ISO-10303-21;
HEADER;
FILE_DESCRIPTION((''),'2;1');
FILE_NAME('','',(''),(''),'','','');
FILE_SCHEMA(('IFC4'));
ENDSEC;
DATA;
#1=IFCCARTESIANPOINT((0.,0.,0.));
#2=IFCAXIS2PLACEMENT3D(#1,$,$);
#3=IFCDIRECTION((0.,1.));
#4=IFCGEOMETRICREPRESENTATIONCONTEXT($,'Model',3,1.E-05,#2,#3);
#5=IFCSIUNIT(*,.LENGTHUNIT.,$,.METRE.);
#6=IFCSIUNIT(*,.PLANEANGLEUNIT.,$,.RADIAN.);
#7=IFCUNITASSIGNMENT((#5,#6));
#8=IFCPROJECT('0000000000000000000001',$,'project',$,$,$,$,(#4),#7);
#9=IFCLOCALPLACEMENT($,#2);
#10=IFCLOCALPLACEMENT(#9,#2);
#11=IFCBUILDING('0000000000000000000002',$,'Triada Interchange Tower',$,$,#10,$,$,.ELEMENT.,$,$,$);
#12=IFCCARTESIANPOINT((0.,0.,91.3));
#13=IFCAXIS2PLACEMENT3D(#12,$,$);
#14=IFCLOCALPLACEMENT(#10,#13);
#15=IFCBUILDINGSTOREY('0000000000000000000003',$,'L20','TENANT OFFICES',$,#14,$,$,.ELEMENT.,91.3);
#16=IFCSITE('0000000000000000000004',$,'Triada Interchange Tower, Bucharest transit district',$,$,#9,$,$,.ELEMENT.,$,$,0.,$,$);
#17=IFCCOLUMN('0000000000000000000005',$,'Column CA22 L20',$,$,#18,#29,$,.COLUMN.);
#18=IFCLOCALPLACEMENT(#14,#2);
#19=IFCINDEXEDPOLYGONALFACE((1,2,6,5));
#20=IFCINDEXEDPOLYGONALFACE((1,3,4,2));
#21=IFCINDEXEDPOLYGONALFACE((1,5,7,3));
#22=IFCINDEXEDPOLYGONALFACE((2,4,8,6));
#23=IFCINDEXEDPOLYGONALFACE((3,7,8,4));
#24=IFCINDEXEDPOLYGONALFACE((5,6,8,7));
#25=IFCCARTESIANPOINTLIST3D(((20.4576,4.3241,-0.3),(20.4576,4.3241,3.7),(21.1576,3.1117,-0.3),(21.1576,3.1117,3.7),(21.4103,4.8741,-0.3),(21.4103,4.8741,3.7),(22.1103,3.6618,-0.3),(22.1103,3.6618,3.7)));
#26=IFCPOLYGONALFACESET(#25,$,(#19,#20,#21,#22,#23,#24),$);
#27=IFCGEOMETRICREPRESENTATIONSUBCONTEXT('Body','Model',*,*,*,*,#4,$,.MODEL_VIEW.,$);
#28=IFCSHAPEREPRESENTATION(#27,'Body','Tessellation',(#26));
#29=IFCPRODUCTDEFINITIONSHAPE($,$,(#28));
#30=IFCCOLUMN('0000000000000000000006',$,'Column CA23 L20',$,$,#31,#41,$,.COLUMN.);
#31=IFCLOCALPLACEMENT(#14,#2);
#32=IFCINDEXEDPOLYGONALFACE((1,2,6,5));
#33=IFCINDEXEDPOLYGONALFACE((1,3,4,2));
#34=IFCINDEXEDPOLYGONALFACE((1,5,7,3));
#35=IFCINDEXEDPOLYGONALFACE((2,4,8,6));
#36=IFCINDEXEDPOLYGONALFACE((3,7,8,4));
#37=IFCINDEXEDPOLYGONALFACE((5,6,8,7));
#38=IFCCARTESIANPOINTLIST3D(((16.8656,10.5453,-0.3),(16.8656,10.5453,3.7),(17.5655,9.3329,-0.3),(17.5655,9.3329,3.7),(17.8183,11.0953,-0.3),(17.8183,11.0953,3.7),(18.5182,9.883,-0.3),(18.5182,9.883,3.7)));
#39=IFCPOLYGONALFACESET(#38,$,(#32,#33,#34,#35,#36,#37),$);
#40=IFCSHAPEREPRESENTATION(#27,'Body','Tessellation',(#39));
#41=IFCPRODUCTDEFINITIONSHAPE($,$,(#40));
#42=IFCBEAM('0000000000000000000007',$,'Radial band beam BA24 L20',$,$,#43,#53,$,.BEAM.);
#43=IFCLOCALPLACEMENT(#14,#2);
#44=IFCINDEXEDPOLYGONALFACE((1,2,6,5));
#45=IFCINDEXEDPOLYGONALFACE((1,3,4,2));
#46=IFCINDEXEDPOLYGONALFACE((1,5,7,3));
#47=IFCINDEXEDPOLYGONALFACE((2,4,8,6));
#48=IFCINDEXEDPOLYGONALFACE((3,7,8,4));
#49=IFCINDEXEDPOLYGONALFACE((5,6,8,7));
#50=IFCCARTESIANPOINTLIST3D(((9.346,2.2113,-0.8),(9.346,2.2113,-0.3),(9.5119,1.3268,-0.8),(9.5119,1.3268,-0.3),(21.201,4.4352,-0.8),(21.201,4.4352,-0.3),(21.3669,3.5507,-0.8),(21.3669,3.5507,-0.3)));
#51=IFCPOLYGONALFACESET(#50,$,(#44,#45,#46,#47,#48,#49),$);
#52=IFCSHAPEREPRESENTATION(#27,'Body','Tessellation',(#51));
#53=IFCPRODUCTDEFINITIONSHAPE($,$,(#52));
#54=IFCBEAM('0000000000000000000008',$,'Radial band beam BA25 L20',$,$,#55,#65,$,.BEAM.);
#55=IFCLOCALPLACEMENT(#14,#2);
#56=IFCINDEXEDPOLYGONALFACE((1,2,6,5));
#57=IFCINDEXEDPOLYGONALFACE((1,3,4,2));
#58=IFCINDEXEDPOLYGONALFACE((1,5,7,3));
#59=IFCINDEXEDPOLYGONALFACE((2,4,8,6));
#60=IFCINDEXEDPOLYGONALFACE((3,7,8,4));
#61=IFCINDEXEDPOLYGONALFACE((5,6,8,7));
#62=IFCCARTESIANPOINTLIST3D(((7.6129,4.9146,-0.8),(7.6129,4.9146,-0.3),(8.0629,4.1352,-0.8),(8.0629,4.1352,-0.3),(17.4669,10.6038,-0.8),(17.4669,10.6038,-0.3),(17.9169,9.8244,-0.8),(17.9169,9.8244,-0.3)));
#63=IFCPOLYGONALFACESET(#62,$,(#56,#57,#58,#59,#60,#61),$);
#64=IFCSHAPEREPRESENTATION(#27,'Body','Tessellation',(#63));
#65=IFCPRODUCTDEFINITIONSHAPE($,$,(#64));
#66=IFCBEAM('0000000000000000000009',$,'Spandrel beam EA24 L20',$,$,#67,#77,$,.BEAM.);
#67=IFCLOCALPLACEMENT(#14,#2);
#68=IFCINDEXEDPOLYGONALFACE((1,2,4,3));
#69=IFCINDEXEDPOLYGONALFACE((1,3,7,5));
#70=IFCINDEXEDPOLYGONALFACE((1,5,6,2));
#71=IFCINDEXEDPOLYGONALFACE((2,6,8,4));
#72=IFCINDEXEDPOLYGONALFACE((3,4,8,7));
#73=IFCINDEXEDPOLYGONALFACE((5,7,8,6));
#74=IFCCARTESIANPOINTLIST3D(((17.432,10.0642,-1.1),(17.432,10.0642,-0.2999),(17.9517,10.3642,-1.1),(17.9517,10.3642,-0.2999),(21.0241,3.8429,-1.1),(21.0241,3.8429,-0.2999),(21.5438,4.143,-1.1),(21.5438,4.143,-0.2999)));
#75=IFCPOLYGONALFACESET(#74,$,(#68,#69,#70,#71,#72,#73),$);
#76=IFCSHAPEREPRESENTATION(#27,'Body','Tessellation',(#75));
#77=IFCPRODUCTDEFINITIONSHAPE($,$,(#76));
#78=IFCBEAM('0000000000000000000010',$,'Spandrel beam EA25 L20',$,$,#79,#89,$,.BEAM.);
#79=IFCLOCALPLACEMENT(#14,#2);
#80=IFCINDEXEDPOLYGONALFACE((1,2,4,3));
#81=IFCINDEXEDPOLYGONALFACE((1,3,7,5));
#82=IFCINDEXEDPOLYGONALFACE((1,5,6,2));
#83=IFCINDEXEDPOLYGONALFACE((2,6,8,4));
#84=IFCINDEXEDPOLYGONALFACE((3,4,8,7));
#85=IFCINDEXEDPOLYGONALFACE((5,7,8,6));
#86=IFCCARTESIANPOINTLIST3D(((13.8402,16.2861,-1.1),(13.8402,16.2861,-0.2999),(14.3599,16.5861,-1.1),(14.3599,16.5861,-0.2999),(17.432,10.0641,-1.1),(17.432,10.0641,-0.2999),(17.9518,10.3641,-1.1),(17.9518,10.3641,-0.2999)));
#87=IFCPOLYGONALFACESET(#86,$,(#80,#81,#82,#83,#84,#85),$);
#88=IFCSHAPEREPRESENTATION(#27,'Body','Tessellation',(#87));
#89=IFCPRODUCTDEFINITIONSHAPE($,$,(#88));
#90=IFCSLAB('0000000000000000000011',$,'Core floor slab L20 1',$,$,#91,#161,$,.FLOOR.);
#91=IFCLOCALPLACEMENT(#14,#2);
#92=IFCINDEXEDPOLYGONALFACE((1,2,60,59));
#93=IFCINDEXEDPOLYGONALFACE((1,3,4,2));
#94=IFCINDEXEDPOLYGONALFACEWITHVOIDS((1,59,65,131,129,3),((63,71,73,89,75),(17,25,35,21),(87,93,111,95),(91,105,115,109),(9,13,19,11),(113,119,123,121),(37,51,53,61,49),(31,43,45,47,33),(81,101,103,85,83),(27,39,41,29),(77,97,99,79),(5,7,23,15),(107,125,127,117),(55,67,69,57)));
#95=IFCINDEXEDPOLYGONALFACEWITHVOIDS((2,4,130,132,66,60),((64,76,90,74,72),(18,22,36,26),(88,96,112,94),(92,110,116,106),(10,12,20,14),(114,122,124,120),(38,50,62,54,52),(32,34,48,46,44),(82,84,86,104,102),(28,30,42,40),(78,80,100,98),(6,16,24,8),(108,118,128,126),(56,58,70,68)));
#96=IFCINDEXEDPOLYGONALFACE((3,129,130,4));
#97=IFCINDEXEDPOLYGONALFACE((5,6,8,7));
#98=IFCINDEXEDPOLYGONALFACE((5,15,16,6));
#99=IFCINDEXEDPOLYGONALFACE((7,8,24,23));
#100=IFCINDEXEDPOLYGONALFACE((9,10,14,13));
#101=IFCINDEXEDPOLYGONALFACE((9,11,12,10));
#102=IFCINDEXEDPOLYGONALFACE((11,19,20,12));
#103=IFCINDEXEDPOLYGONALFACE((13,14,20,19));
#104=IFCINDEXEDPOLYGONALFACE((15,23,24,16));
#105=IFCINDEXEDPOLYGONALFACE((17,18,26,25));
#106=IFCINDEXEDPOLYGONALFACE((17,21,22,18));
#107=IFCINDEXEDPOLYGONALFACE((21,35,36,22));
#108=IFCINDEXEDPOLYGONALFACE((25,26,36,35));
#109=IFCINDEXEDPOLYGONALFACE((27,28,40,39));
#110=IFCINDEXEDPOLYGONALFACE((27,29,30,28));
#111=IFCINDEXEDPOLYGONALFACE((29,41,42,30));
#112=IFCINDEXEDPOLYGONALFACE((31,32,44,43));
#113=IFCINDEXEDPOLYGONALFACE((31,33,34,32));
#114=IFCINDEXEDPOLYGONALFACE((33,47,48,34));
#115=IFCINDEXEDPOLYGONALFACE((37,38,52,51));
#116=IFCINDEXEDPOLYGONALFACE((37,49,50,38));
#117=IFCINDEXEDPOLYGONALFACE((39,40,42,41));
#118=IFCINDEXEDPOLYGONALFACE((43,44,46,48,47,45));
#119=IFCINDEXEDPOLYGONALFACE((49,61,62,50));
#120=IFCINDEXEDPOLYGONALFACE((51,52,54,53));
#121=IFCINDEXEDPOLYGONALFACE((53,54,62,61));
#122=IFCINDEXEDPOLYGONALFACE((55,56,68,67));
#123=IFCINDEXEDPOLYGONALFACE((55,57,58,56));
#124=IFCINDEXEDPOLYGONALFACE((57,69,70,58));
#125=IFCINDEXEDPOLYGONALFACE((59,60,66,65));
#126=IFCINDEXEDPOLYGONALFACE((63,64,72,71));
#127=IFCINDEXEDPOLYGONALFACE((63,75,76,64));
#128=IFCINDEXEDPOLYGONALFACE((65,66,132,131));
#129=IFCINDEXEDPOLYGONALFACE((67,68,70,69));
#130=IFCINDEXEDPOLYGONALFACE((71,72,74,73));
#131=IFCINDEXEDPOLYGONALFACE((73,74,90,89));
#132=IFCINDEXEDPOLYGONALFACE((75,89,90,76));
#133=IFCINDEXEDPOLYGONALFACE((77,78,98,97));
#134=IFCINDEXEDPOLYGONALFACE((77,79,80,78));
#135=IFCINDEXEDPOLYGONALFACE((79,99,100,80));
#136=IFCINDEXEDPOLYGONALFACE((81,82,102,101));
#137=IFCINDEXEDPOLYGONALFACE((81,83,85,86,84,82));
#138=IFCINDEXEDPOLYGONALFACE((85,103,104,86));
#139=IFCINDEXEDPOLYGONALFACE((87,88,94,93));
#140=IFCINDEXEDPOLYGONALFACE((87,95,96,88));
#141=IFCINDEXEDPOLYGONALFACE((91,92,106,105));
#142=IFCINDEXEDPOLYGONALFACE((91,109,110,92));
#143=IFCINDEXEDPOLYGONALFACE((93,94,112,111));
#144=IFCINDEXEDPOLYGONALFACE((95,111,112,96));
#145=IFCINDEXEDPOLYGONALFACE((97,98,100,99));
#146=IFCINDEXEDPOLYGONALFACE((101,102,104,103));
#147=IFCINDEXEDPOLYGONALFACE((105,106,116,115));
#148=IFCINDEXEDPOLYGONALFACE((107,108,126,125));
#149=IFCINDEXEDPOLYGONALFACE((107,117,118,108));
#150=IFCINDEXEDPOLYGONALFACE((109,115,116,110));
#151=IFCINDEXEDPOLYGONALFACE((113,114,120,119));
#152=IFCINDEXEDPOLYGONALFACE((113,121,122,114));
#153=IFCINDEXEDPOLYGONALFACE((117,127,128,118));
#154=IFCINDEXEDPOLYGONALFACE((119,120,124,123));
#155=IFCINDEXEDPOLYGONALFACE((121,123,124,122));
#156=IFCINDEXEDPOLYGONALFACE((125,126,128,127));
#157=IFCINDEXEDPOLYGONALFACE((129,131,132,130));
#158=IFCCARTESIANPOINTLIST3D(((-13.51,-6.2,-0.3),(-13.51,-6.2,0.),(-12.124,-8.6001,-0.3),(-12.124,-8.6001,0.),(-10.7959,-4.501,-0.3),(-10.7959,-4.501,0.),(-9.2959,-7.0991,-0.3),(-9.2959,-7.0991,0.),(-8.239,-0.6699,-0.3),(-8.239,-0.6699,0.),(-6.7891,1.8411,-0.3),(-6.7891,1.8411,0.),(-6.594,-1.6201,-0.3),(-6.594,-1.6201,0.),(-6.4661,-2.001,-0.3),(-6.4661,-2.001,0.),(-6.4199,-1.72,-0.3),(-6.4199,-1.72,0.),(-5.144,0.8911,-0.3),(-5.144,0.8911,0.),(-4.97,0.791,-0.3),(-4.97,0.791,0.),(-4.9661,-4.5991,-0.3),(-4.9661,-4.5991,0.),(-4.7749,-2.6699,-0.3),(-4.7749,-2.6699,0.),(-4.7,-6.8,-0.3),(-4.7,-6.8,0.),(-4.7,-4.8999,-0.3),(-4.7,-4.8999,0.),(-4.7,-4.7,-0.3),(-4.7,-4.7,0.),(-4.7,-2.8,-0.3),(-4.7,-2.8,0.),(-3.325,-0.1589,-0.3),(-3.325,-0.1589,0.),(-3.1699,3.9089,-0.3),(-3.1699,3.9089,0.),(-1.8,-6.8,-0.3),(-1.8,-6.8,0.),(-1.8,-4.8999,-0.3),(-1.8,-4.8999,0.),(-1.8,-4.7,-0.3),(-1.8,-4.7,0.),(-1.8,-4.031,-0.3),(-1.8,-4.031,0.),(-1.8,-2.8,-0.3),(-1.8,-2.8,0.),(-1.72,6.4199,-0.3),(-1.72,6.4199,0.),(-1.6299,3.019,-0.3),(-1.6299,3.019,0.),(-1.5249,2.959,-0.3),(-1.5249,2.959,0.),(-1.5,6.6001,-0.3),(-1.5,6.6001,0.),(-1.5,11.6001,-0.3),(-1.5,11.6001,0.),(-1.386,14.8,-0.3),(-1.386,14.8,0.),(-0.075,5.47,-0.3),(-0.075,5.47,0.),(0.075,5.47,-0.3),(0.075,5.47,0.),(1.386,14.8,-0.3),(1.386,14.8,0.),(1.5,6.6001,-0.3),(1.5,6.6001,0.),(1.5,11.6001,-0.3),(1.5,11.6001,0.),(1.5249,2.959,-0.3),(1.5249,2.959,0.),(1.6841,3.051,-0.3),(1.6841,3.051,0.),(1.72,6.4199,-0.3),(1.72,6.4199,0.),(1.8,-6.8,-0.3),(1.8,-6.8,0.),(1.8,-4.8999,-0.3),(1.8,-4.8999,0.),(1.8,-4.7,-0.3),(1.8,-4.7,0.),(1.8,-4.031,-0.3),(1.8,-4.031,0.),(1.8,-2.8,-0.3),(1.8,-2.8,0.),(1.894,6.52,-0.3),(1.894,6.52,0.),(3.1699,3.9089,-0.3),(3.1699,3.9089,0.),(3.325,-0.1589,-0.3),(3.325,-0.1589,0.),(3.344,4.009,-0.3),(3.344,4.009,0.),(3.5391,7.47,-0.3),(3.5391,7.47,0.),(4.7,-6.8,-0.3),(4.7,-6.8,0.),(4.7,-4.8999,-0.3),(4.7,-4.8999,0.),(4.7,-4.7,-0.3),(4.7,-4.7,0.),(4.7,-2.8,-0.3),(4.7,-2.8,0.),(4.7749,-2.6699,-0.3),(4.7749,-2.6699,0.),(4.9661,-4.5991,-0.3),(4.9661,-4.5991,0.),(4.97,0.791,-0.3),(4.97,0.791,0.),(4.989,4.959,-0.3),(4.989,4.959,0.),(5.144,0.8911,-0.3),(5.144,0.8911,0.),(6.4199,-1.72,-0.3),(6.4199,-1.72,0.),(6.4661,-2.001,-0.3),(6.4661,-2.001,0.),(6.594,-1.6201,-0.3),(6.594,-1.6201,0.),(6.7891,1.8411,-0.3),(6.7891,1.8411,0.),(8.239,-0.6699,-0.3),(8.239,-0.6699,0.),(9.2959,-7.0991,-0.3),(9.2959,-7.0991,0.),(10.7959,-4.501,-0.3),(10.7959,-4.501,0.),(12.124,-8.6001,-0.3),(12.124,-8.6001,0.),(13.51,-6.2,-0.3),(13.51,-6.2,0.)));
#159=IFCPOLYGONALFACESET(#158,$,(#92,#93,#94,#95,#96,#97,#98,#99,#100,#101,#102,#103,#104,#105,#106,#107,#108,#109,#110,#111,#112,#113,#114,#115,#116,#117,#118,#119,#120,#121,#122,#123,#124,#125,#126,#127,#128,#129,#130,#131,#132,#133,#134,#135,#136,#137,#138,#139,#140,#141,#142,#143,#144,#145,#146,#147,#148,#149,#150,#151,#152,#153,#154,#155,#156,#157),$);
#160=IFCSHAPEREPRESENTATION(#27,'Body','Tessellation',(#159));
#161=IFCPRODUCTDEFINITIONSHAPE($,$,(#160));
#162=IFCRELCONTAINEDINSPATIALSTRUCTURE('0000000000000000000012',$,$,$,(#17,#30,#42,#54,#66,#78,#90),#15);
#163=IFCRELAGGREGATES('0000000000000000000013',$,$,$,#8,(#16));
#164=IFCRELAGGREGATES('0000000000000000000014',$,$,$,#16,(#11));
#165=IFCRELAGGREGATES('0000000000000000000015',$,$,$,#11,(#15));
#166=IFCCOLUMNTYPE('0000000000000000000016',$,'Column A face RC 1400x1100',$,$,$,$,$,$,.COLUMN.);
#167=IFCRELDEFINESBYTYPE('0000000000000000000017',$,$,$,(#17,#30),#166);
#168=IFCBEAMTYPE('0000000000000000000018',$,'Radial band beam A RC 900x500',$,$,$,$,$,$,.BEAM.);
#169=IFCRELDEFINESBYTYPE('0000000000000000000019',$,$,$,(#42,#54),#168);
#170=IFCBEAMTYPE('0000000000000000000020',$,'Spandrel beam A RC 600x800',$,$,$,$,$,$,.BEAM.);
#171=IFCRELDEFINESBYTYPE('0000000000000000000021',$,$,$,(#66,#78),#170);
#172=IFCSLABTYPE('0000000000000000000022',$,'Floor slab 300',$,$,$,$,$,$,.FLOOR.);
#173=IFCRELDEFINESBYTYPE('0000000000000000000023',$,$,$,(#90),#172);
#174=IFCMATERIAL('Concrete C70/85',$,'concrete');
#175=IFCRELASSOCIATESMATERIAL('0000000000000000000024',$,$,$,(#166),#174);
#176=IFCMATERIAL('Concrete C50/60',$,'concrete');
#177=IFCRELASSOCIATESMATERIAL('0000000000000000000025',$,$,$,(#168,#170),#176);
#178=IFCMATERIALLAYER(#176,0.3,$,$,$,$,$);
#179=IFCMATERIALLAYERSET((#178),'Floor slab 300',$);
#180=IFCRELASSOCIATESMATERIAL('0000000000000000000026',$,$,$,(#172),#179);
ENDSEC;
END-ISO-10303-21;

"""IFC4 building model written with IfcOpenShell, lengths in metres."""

from ifc_helpers import new_model, si_unit, direction, frame, origin, origin_2d, place, context, subcontext, project, spatial, polyline, rectangle, outline, extrude, material, layer, layer_set, material_profile, profile_set, type_object, element, save


model = new_model("IFC4")

# Units and contexts
model_context = context("Model", 3, precision=1e-05, world=origin(), true_north=direction((0.0, 1.0)))
body_context = subcontext(model_context, "Body", "Model", "MODEL_VIEW")
ifc_project = project(units=[si_unit("LENGTHUNIT", "METRE"), si_unit("PLANEANGLEUNIT", "RADIAN")], contexts=[model_context])

# Site, building, storey
site_placement = place(None, origin())
site = spatial("IfcSite", under=ifc_project, at=site_placement, Name="Triada Interchange Tower, Bucharest transit district", CompositionType="ELEMENT", RefElevation=0.0)
building_placement = place(site_placement, origin())
building = spatial("IfcBuilding", under=site, at=building_placement, Name="Triada Interchange Tower", CompositionType="ELEMENT")
storey_placement = place(building_placement, frame((0.0, 0.0, 91.3)))
storey = spatial("IfcBuildingStorey", under=building, at=storey_placement, Name="L20", Description="TENANT OFFICES", CompositionType="ELEMENT", Elevation=91.3)

# Columns
ifc_material_1 = material(Name="Concrete C70/85", Category="concrete")
ifc_material_profile_1 = material_profile(ifc_material_1, rectangle(XDim=1.3999, YDim=1.1001, at=origin_2d()), Name="RC 1400x1100")
ifc_profile_set_1 = profile_set([ifc_material_profile_1], Name="Concrete C70/85")
column_type = type_object("IfcColumnType", Name="Column A face RC 1400x1100", PredefinedType="COLUMN", material=ifc_profile_set_1)
for number, where, z_axis, x_axis, name in (
    (1, (21.2839, 3.9929, -0.3), (0.0, 0.0, 1.0), (-0.5, 0.866025, 0.0), "Column CA22 L20"),
    (2, (17.6919, 10.2141, -0.3), (0.0, 0.0, 1.0), (-0.5, 0.866025, 0.0), "Column CA23 L20"),
):
    element("IfcColumn", number, at=place(storey_placement, frame(where, z_axis=z_axis, x_axis=x_axis)), inside=storey, type_object=column_type, Name=name, PredefinedType="COLUMN", context=body_context, shape_type="SweptSolid", body=[
        extrude(rectangle(XDim=1.3999, YDim=1.1001, at=origin_2d()), origin(), (0.0, 0.0, 1.0), 4.0),
    ])

# Beams
ifc_material_2 = material(Name="Concrete C50/60", Category="concrete")
ifc_material_profile_2 = material_profile(ifc_material_2, rectangle(XDim=0.8999, YDim=0.5, at=origin_2d()), Name="RC 900x500")
ifc_profile_set_2 = profile_set([ifc_material_profile_2], Name="Concrete C50/60")
beam_type_1 = type_object("IfcBeamType", Name="Radial band beam A RC 900x500", PredefinedType="BEAM", material=ifc_profile_set_2)
beam_1_placement = place(storey_placement, frame((21.2839, 3.9929, -0.55), z_axis=(-0.982856, -0.184374, 0.0), x_axis=(0.184374, -0.982856, 0.0)))
element("IfcBeam", 3, at=beam_1_placement, inside=storey, type_object=beam_type_1, Name="Radial band beam BA24 L20", PredefinedType="BEAM", context=body_context, shape_type="SweptSolid", body=[
    extrude(rectangle(XDim=0.8999, YDim=0.5, at=origin_2d()), origin(), (0.0, 0.0, 1.0), 12.0618),
])
beam_2_placement = place(storey_placement, frame((17.6919, 10.2141, -0.55), z_axis=(-0.866026, -0.5, 0.0), x_axis=(0.5, -0.866026, 0.0)))
element("IfcBeam", 4, at=beam_2_placement, inside=storey, type_object=beam_type_1, Name="Radial band beam BA25 L20", PredefinedType="BEAM", context=body_context, shape_type="SweptSolid", body=[
    extrude(rectangle(XDim=0.8999, YDim=0.5, at=origin_2d()), origin(), (0.0, 0.0, 1.0), 11.3784),
])
ifc_material_profile_3 = material_profile(ifc_material_2, rectangle(XDim=0.6001, YDim=0.8, at=origin_2d()), Name="RC 600x800")
ifc_profile_set_3 = profile_set([ifc_material_profile_3], Name="Concrete C50/60")
beam_type_2 = type_object("IfcBeamType", Name="Spandrel beam A RC 600x800", PredefinedType="BEAM", material=ifc_profile_set_3)
beam_3_placement = place(storey_placement, frame((21.2839, 3.9929, -0.7), z_axis=(-0.500024, 0.866011, 0.0), x_axis=(-0.866011, -0.500024, 0.0)))
element("IfcBeam", 5, at=beam_3_placement, inside=storey, type_object=beam_type_2, Name="Spandrel beam EA24 L20", PredefinedType="BEAM", context=body_context, shape_type="SweptSolid", body=[
    extrude(rectangle(XDim=0.6001, YDim=0.8, at=origin_2d()), origin(), (0.0, 0.0, 1.0), 7.1838),
])
beam_4_placement = place(storey_placement, frame((17.6919, 10.2141, -0.7), z_axis=(-0.499955, 0.866051, 0.0), x_axis=(-0.866051, -0.499955, 0.0)))
element("IfcBeam", 6, at=beam_4_placement, inside=storey, type_object=beam_type_2, Name="Spandrel beam EA25 L20", PredefinedType="BEAM", context=body_context, shape_type="SweptSolid", body=[
    extrude(rectangle(XDim=0.6001, YDim=0.8, at=origin_2d()), origin(), (0.0, 0.0, 1.0), 7.1843),
])

# Slab
ifc_layer_1 = layer(ifc_material_2, 0.3)
ifc_layer_set_1 = layer_set([ifc_layer_1], Name="Floor slab 300")
slab_type = type_object("IfcSlabType", Name="Floor slab 300", PredefinedType="FLOOR", material=ifc_layer_set_1)
slab_placement = place(storey_placement, frame((0.0, 0.0, -0.3)))
element("IfcSlab", 7, at=slab_placement, inside=storey, type_object=slab_type, Name="Core floor slab L20 1", PredefinedType="FLOOR", context=body_context, shape_type="SweptSolid", body=[
    extrude(outline(polyline([(13.51, -6.2), (12.124, -8.6001), (-12.124, -8.6001), (-13.51, -6.2), (-1.386, 14.8), (1.386, 14.8), (13.51, -6.2)]), holes=[polyline([(9.2959, -7.0991), (10.7959, -4.501), (6.4661, -2.001), (4.9661, -4.5991), (9.2959, -7.0991)]), polyline([(6.7891, 1.8411), (5.144, 0.8911), (6.594, -1.6201), (8.239, -0.6699), (6.7891, 1.8411)]), polyline([(4.97, 0.791), (3.325, -0.1589), (4.7749, -2.6699), (6.4199, -1.72), (4.97, 0.791)]), polyline([(1.894, 6.52), (3.344, 4.009), (4.989, 4.959), (3.5391, 7.47), (1.894, 6.52)]), polyline([(1.8, -4.8999), (1.8, -6.8), (4.7, -6.8), (4.7, -4.8999), (1.8, -4.8999)]), polyline([(1.8, -2.8), (1.8, -4.031), (1.8, -4.7), (4.7, -4.7), (4.7, -2.8), (1.8, -2.8)]), polyline([(1.5249, 2.959), (1.6841, 3.051), (3.1699, 3.9089), (1.72, 6.4199), (0.075, 5.47), (1.5249, 2.959)]), polyline([(1.5, 11.6001), (-1.5, 11.6001), (-1.5, 6.6001), (1.5, 6.6001), (1.5, 11.6001)]), polyline([(-0.075, 5.47), (-1.72, 6.4199), (-3.1699, 3.9089), (-1.6299, 3.019), (-1.5249, 2.959), (-0.075, 5.47)]), polyline([(-4.7, -2.8), (-4.7, -4.7), (-1.8, -4.7), (-1.8, -4.031), (-1.8, -2.8), (-4.7, -2.8)]), polyline([(-4.7, -4.8999), (-4.7, -6.8), (-1.8, -6.8), (-1.8, -4.8999), (-4.7, -4.8999)]), polyline([(-4.7749, -2.6699), (-3.325, -0.1589), (-4.97, 0.791), (-6.4199, -1.72), (-4.7749, -2.6699)]), polyline([(-10.7959, -4.501), (-9.2959, -7.0991), (-4.9661, -4.5991), (-6.4661, -2.001), (-10.7959, -4.501)]), polyline([(-6.594, -1.6201), (-5.144, 0.8911), (-6.7891, 1.8411), (-8.239, -0.6699), (-6.594, -1.6201)])]), origin(), (0.0, 0.0, 1.0), 0.3),
])

save(model, "model.ifc")
